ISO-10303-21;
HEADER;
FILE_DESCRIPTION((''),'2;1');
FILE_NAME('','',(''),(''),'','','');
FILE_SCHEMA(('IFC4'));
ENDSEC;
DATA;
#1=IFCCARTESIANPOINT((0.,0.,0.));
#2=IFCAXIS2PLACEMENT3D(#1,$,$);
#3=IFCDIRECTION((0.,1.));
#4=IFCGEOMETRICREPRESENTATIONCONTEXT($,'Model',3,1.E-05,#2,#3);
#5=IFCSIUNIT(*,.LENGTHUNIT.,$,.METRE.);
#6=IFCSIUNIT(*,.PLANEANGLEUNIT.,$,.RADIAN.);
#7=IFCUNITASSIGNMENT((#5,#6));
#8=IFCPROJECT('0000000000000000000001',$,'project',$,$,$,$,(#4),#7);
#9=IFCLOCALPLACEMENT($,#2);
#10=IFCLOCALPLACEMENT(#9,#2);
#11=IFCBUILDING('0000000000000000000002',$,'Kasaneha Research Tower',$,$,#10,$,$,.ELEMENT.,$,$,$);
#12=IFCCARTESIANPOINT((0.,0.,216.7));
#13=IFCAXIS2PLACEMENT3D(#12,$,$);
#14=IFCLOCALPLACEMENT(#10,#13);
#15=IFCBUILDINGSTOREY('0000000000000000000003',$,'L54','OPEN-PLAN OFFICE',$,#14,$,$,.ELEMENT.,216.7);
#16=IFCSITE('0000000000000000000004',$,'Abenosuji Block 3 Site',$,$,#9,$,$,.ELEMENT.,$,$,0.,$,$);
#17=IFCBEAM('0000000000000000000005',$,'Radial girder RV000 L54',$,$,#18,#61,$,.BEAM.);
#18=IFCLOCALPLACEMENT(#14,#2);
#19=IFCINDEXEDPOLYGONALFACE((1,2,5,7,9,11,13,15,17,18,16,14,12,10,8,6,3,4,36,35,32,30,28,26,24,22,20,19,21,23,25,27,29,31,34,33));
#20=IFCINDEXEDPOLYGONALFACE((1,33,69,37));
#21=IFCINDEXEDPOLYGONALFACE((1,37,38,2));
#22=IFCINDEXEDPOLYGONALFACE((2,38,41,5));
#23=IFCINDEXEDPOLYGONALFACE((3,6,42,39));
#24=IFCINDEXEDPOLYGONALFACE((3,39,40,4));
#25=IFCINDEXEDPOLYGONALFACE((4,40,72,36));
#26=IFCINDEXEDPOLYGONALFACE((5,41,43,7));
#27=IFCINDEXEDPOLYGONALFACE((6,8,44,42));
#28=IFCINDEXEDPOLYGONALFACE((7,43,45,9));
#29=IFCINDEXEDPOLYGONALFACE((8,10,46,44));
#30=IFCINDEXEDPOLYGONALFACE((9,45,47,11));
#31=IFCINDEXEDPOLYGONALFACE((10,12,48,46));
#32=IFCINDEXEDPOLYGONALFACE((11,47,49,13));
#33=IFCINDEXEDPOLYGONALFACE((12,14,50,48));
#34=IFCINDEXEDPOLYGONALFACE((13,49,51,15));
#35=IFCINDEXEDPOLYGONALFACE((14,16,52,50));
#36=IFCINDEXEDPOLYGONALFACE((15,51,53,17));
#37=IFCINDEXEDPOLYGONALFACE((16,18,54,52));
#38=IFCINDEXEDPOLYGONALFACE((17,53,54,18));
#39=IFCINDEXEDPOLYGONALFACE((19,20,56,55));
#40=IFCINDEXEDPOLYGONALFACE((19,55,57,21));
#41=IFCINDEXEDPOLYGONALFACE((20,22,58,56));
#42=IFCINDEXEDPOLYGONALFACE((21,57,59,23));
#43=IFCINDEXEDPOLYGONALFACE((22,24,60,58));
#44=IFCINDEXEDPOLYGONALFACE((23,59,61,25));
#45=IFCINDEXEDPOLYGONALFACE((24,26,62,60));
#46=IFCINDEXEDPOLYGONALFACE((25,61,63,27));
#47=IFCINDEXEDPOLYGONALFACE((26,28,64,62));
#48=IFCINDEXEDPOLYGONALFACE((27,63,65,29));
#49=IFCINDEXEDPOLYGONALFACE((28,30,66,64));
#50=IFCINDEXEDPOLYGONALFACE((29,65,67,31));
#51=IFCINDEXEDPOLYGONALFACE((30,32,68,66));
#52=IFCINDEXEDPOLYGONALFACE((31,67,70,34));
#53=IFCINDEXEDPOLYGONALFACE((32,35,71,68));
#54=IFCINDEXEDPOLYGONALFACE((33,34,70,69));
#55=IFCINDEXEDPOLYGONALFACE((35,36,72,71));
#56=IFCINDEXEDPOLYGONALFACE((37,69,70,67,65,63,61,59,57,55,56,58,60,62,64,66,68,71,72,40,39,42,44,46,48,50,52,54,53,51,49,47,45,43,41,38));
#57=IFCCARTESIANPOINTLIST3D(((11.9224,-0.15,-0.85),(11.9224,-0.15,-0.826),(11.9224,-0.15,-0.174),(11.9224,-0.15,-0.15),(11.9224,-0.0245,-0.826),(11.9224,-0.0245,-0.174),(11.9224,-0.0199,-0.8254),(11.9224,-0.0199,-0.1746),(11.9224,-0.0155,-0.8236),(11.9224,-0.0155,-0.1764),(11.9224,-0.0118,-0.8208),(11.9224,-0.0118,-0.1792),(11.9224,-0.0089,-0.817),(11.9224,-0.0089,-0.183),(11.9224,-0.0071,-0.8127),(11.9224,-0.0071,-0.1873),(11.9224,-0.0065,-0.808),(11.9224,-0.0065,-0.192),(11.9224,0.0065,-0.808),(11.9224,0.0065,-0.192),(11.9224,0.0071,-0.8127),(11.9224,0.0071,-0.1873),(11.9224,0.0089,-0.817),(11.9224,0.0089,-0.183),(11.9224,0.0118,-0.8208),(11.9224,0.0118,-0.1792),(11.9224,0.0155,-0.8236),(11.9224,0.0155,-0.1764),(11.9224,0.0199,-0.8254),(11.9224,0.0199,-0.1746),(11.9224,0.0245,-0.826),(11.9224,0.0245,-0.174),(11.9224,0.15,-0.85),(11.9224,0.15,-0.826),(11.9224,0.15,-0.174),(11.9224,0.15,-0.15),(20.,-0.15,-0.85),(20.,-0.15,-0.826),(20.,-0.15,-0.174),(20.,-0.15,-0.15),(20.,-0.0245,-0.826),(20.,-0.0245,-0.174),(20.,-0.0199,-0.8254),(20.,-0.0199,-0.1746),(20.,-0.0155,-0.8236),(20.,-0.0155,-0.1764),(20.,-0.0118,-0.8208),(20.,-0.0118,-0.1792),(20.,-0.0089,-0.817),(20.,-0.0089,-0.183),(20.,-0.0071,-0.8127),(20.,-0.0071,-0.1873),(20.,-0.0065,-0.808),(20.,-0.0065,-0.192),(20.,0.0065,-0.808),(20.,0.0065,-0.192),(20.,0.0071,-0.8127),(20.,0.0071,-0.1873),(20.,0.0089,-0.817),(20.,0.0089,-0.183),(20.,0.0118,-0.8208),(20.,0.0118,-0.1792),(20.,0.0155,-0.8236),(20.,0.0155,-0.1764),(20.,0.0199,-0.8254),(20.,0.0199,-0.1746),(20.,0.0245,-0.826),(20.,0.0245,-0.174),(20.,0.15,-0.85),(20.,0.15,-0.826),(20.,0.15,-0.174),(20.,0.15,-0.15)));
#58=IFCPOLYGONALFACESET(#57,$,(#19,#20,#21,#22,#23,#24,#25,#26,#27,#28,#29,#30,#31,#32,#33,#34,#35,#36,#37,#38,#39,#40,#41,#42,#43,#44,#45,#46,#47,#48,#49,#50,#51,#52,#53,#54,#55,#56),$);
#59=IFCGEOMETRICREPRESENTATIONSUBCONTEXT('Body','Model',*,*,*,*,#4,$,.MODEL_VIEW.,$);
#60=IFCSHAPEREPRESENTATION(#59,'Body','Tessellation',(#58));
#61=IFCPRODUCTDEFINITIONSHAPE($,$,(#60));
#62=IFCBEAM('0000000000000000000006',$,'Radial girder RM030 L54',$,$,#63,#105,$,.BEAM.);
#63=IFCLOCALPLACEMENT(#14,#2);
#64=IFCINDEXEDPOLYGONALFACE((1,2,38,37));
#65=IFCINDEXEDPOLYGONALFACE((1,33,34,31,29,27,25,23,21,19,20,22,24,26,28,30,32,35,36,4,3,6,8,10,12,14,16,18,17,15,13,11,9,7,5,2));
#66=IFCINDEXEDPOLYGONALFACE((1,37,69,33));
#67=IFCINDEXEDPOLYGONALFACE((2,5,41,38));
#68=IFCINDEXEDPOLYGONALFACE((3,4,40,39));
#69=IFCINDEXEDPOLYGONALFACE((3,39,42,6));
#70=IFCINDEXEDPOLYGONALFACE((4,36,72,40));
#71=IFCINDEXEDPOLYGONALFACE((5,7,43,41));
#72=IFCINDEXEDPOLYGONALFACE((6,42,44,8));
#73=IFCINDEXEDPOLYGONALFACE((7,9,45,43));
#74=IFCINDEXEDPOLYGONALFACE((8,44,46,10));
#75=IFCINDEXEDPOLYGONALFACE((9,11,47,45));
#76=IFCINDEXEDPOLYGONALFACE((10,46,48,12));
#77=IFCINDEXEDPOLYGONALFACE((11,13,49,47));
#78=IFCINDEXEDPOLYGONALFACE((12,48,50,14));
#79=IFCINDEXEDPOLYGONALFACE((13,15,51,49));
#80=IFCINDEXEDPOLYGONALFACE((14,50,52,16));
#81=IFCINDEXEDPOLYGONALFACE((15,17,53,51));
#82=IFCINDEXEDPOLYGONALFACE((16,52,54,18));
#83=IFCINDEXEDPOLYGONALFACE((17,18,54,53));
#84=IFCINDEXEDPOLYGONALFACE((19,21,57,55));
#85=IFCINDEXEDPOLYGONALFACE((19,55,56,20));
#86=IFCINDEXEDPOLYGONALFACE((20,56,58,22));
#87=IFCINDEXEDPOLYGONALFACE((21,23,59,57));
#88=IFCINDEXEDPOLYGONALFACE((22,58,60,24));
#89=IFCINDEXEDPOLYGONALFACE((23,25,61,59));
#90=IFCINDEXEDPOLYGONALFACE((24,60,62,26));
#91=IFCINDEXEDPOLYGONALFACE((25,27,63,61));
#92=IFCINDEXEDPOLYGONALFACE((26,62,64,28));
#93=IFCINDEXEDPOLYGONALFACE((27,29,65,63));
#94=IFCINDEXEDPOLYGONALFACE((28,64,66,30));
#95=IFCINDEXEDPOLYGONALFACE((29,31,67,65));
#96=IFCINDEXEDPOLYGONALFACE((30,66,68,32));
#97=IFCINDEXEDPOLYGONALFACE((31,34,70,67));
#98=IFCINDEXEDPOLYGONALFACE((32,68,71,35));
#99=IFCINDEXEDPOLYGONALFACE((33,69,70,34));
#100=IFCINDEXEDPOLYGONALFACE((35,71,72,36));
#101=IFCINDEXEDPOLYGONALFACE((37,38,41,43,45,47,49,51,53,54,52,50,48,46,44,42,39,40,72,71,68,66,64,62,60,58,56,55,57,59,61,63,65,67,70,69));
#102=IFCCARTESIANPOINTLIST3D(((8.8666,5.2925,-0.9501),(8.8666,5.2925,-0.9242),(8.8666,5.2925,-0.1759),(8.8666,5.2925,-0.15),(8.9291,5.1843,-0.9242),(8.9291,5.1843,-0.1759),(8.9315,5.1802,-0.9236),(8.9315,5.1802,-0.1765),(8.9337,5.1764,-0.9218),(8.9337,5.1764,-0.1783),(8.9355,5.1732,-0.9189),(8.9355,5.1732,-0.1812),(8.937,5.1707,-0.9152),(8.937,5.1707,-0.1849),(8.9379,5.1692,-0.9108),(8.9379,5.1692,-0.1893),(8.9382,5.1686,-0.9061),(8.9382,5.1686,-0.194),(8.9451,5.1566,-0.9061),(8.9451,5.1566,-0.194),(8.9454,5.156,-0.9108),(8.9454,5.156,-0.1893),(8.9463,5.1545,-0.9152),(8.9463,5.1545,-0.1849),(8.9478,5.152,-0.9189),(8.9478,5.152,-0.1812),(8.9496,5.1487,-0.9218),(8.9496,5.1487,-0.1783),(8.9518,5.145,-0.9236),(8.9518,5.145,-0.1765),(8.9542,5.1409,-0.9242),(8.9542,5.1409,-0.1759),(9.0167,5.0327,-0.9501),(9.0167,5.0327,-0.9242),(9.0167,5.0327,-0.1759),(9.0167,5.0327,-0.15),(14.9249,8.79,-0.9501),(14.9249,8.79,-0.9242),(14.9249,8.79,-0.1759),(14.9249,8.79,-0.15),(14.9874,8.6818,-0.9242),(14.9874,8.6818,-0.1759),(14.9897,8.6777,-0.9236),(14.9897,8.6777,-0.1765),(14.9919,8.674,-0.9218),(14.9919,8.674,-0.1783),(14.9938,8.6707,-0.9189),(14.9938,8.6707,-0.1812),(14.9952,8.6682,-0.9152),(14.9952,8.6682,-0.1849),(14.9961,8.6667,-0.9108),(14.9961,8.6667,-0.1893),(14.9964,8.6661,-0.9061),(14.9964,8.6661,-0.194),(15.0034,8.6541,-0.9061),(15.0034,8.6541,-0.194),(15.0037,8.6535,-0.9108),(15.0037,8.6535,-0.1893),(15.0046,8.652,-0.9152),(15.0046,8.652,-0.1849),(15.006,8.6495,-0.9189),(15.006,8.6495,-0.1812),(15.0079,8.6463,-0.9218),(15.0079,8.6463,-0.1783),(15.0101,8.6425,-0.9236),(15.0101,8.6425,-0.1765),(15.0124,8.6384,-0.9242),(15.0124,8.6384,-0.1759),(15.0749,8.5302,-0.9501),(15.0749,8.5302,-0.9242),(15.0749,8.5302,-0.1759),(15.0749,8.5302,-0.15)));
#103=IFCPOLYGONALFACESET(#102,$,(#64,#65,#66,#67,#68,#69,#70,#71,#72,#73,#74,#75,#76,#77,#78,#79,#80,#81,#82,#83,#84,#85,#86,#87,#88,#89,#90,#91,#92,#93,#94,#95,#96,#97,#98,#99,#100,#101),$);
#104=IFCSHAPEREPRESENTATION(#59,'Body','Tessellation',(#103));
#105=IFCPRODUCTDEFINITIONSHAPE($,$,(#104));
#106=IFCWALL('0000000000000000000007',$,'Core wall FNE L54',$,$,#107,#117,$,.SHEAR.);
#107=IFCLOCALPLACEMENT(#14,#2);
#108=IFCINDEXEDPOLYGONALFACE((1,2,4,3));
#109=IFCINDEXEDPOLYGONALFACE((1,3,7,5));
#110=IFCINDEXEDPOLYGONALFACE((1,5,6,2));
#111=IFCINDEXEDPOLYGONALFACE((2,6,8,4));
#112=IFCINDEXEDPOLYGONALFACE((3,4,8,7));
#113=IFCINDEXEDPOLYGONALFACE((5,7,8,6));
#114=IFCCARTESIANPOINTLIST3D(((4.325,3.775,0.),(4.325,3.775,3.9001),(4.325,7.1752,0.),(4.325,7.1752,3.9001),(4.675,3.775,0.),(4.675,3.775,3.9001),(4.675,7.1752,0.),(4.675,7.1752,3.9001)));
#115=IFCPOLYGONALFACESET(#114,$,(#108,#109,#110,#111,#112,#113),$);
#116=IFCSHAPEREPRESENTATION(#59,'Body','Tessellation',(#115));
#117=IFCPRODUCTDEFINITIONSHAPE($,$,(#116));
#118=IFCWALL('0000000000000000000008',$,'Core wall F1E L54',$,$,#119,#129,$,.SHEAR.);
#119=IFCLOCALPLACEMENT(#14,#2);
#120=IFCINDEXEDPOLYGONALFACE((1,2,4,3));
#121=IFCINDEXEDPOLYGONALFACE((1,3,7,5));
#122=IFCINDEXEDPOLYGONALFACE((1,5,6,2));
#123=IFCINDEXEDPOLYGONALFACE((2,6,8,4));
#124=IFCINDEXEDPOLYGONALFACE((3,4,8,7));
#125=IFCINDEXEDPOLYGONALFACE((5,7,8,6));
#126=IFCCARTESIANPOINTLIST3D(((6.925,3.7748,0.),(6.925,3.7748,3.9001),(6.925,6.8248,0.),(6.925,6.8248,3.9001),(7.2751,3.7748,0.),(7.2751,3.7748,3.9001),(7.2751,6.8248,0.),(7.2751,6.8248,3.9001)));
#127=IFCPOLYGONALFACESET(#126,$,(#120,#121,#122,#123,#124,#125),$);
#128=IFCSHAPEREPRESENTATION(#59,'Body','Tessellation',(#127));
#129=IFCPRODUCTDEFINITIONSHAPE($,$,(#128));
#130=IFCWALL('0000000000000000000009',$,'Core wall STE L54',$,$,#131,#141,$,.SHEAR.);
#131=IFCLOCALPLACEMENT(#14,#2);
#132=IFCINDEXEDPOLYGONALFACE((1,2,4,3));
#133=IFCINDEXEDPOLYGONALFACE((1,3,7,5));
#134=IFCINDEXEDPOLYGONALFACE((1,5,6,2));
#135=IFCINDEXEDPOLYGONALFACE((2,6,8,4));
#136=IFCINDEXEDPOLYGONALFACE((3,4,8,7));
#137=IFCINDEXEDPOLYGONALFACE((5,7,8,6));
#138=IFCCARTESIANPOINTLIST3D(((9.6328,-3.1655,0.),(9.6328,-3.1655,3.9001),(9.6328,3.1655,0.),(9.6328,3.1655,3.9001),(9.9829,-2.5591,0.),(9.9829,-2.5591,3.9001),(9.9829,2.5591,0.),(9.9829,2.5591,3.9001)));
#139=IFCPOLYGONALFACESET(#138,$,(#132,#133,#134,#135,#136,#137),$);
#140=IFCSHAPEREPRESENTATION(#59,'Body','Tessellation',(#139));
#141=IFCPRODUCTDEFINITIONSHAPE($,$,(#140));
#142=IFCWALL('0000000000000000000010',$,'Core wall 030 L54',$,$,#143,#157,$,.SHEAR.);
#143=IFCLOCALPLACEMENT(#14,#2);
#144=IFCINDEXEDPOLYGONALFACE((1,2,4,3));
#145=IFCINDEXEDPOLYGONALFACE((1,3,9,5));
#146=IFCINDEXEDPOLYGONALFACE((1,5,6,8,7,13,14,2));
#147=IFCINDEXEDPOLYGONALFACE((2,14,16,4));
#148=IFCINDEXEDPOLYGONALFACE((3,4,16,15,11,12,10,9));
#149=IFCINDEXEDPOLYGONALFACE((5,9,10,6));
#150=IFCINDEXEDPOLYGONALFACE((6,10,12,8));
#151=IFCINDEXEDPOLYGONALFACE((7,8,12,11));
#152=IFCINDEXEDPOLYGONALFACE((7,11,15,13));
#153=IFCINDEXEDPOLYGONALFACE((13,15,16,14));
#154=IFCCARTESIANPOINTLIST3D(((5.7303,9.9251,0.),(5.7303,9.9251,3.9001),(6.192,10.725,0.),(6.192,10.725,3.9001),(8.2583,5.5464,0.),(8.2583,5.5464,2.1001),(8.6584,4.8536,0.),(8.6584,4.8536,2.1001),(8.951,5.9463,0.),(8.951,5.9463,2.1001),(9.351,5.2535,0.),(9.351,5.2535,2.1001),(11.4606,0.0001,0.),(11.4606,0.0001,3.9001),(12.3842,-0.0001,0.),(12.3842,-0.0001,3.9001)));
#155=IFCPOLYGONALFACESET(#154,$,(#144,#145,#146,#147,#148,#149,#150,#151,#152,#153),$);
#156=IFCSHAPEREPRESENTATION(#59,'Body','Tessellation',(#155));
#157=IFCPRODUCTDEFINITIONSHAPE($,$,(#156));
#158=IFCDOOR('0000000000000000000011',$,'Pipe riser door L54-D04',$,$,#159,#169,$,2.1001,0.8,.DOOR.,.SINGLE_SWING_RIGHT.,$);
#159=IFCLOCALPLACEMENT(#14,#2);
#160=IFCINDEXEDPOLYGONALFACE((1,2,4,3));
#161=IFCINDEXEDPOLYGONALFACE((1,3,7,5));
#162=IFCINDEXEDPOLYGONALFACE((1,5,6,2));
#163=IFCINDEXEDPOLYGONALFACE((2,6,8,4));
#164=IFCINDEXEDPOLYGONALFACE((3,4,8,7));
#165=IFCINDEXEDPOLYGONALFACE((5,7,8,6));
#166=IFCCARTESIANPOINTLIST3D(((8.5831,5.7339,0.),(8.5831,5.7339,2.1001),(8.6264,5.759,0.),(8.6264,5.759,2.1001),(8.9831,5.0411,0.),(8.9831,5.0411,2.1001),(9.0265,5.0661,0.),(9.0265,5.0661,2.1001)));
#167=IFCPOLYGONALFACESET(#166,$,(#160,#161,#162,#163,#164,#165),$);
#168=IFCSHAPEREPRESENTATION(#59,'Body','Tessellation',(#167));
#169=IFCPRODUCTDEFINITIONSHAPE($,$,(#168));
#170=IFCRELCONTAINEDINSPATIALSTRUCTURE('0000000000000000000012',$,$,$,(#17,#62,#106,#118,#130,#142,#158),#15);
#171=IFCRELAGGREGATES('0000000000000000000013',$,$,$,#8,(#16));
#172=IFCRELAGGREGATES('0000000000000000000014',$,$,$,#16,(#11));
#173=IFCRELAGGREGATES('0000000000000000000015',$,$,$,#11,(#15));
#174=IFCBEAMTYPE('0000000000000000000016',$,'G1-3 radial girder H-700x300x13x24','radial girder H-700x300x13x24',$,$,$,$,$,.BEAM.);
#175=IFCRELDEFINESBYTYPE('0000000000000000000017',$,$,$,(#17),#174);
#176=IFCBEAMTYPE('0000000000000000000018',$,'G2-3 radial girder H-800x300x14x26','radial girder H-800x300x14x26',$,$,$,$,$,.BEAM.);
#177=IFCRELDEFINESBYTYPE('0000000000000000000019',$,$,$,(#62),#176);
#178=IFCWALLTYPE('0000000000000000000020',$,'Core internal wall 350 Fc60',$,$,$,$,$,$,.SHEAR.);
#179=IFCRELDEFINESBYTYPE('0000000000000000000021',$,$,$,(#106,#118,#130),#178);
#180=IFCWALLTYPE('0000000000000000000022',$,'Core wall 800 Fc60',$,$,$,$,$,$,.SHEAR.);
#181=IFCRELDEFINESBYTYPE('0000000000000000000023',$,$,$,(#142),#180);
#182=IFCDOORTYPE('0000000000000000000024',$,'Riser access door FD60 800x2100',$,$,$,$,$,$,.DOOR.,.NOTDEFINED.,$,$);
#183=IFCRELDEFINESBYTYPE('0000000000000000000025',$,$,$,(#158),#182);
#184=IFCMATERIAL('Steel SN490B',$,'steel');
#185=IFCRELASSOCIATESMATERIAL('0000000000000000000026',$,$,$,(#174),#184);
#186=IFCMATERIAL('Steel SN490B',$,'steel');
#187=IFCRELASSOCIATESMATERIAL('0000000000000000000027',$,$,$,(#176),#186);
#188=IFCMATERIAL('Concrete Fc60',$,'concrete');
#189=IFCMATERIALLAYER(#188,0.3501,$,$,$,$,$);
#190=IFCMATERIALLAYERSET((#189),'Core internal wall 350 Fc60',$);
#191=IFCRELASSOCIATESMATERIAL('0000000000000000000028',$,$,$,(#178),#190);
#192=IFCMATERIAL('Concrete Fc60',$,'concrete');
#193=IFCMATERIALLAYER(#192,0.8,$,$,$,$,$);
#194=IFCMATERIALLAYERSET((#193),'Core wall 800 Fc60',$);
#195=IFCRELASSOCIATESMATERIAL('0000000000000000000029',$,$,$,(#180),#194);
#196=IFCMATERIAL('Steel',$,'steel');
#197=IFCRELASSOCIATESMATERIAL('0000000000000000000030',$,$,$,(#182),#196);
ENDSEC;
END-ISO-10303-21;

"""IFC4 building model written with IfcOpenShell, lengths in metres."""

from ifc_helpers import new_model, si_unit, direction, frame, frame_2d, origin, origin_2d, place, context, subcontext, project, spatial, polyline, rectangle, i_section, outline, extrude, material, layer, layer_set, material_profile, profile_set, type_object, element, fill, save


model = new_model("IFC4")

# Units and contexts
model_context = context("Model", 3, precision=1e-05, world=origin(), true_north=direction((0.0, 1.0)))
body_context = subcontext(model_context, "Body", "Model", "MODEL_VIEW")
ifc_project = project(units=[si_unit("LENGTHUNIT", "METRE"), si_unit("PLANEANGLEUNIT", "RADIAN")], contexts=[model_context])

# Site, building, storey
site_placement = place(None, origin())
site = spatial("IfcSite", under=ifc_project, at=site_placement, Name="Abenosuji Block 3 Site", CompositionType="ELEMENT", RefElevation=0.0)
building_placement = place(site_placement, origin())
building = spatial("IfcBuilding", under=site, at=building_placement, Name="Kasaneha Research Tower", CompositionType="ELEMENT")
storey_placement = place(building_placement, frame((0.0, 0.0, 216.7)))
storey = spatial("IfcBuildingStorey", under=building, at=storey_placement, Name="L54", Description="OPEN-PLAN OFFICE", CompositionType="ELEMENT", Elevation=216.7)

# Beams
ifc_material_1 = material(Name="Steel SN490B", Category="steel")
ifc_material_profile_1 = material_profile(ifc_material_1, i_section(OverallWidth=0.3, OverallDepth=0.7, WebThickness=0.0129, FlangeThickness=0.0239, FilletRadius=0.0181, at=origin_2d()), Name="H-700x300x13x24")
ifc_profile_set_1 = profile_set([ifc_material_profile_1], Name="Steel SN490B")
beam_type_1 = type_object("IfcBeamType", Name="G1-3 radial girder H-700x300x13x24", Description="radial girder H-700x300x13x24", PredefinedType="BEAM", material=ifc_profile_set_1)
beam_1_placement = place(storey_placement, frame((11.9224, 0.0, -0.5), z_axis=(1.0, 0.0, 0.0), x_axis=(0.0, 1.0, 0.0)))
element("IfcBeam", 1, at=beam_1_placement, inside=storey, type_object=beam_type_1, Name="Radial girder RV000 L54", PredefinedType="BEAM", context=body_context, shape_type="SweptSolid", body=[
    extrude(i_section(OverallWidth=0.3, OverallDepth=0.7, WebThickness=0.0129, FlangeThickness=0.0239, FilletRadius=0.0181, at=origin_2d()), origin(), (0.0, 0.0, 1.0), 8.0776),
])
ifc_material_2 = material(Name="Steel SN490B", Category="steel")
ifc_material_profile_2 = material_profile(ifc_material_2, i_section(OverallWidth=0.3, OverallDepth=0.8, WebThickness=0.0139, FlangeThickness=0.0259, FilletRadius=0.0181, at=origin_2d()), Name="H-800x300x14x26")
ifc_profile_set_2 = profile_set([ifc_material_profile_2], Name="Steel SN490B")
beam_type_2 = type_object("IfcBeamType", Name="G2-3 radial girder H-800x300x14x26", Description="radial girder H-800x300x14x26", PredefinedType="BEAM", material=ifc_profile_set_2)
beam_2_placement = place(storey_placement, frame((8.9417, 5.1626, -0.55), z_axis=(0.86604, 0.499975, 0.0), x_axis=(-0.499975, 0.86604, 0.0)))
element("IfcBeam", 2, at=beam_2_placement, inside=storey, type_object=beam_type_2, Name="Radial girder RM030 L54", PredefinedType="BEAM", context=body_context, shape_type="SweptSolid", body=[
    extrude(i_section(OverallWidth=0.3, OverallDepth=0.8, WebThickness=0.0139, FlangeThickness=0.0259, FilletRadius=0.0181, at=origin_2d()), origin(), (0.0, 0.0, 1.0), 6.9954),
])

# Walls
ifc_material_3 = material(Name="Concrete Fc60", Category="concrete")
ifc_layer_1 = layer(ifc_material_3, 0.3501)
ifc_layer_set_1 = layer_set([ifc_layer_1], Name="Core internal wall 350 Fc60")
wall_type_1 = type_object("IfcWallType", Name="Core internal wall 350 Fc60", PredefinedType="SHEAR", material=ifc_layer_set_1)
wall_1_placement = place(storey_placement, frame((4.5, 3.7749, 0.0), z_axis=(0.0, 0.0, 1.0), x_axis=(0.0, 1.0, 0.0)))
element("IfcWall", 3, at=wall_1_placement, inside=storey, type_object=wall_type_1, Name="Core wall FNE L54", PredefinedType="SHEAR", context=body_context, shape_type="SweptSolid", body=[
    extrude(rectangle(XDim=3.4001, YDim=0.3501, at=frame_2d((1.7002, 0.0))), origin(), (0.0, 0.0, 1.0), 3.9001),
])
wall_2_placement = place(storey_placement, frame((7.1001, 3.7749, 0.0), z_axis=(0.0, 0.0, 1.0), x_axis=(0.0, 1.0, 0.0)))
element("IfcWall", 4, at=wall_2_placement, inside=storey, type_object=wall_type_1, Name="Core wall F1E L54", PredefinedType="SHEAR", context=body_context, shape_type="SweptSolid", body=[
    extrude(rectangle(XDim=3.05, YDim=0.3501, at=frame_2d((1.5249, 0.0))), origin(), (0.0, 0.0, 1.0), 3.9001),
])
wall_3_placement = place(storey_placement, frame((9.8079, -2.8623, 0.0), z_axis=(0.0, 0.0, 1.0), x_axis=(0.0, 1.0, 0.0)))
element("IfcWall", 5, at=wall_3_placement, inside=storey, type_object=wall_type_1, Name="Core wall STE L54", PredefinedType="SHEAR", context=body_context, shape_type="SweptSolid", body=[
    extrude(outline(polyline([(0.3032, -0.175), (5.4214, -0.175), (6.0278, 0.175), (-0.3032, 0.175), (0.3032, -0.175)])), origin(), (0.0, 0.0, 1.0), 3.9001),
])

# Wall, opening, door
ifc_material_4 = material(Name="Concrete Fc60", Category="concrete")
ifc_layer_2 = layer(ifc_material_4, 0.8)
ifc_layer_set_2 = layer_set([ifc_layer_2], Name="Core wall 800 Fc60")
wall_type_2 = type_object("IfcWallType", Name="Core wall 800 Fc60", PredefinedType="SHEAR", material=ifc_layer_set_2)
wall_4_placement = place(storey_placement, frame((11.9224, 0.0, 0.0), z_axis=(0.0, 0.0, 1.0), x_axis=(-0.500004, 0.866023, 0.0)))
wall_4 = element("IfcWall", 6, at=wall_4_placement, inside=storey, type_object=wall_type_2, Name="Core wall 030 L54", PredefinedType="SHEAR", context=body_context, shape_type="SweptSolid", body=[
    extrude(outline(polyline([(-0.231, -0.3999), (5.8354, -0.3999), (6.6355, -0.3999), (12.1533, -0.3999), (11.6914, 0.3999), (6.6355, 0.3999), (5.8354, 0.3999), (0.231, 0.3999), (-0.231, -0.3999)])), origin(), (0.0, 0.0, 1.0), 3.9001),
])
opening_1_placement = place(wall_4_placement, frame((5.8354, 0.0, 0.0)))
opening_1 = element("IfcOpeningElement", 7, at=opening_1_placement, cuts=wall_4, PredefinedType="OPENING", context=body_context, shape_type="SweptSolid", body=[
    extrude(rectangle(XDim=0.8, YDim=2.1001, at=frame_2d((0.3999, 1.05))), frame((0.0, 0.4102, 0.0), z_axis=(0.0, -1.0, 0.0), x_axis=(1.0, 0.0, 0.0)), (0.0, 0.0, 1.0), 0.8201),
])
ifc_material_5 = material(Name="Steel", Category="steel")
door_type_1 = type_object("IfcDoorType", Name="Riser access door FD60 800x2100", OperationType="NOTDEFINED", PredefinedType="DOOR", material=ifc_material_5)
door_1_placement = place(opening_1_placement, origin())
door_1 = element("IfcDoor", 8, at=door_1_placement, inside=storey, type_object=door_type_1, Name="Pipe riser door L54-D04", OperationType="SINGLE_SWING_RIGHT", OverallHeight=2.1001, OverallWidth=0.8, PredefinedType="DOOR", context=body_context, shape_type="SweptSolid", body=[
    extrude(rectangle(XDim=0.8, YDim=2.1001, at=frame_2d((0.3999, 1.05))), frame((0.0, 0.0249, 0.0), z_axis=(0.0, -1.0, 0.0), x_axis=(1.0, 0.0, 0.0)), (0.0, 0.0, 1.0), 0.05),
])
fill(opening_1, door_1)

save(model, "model.ifc")
